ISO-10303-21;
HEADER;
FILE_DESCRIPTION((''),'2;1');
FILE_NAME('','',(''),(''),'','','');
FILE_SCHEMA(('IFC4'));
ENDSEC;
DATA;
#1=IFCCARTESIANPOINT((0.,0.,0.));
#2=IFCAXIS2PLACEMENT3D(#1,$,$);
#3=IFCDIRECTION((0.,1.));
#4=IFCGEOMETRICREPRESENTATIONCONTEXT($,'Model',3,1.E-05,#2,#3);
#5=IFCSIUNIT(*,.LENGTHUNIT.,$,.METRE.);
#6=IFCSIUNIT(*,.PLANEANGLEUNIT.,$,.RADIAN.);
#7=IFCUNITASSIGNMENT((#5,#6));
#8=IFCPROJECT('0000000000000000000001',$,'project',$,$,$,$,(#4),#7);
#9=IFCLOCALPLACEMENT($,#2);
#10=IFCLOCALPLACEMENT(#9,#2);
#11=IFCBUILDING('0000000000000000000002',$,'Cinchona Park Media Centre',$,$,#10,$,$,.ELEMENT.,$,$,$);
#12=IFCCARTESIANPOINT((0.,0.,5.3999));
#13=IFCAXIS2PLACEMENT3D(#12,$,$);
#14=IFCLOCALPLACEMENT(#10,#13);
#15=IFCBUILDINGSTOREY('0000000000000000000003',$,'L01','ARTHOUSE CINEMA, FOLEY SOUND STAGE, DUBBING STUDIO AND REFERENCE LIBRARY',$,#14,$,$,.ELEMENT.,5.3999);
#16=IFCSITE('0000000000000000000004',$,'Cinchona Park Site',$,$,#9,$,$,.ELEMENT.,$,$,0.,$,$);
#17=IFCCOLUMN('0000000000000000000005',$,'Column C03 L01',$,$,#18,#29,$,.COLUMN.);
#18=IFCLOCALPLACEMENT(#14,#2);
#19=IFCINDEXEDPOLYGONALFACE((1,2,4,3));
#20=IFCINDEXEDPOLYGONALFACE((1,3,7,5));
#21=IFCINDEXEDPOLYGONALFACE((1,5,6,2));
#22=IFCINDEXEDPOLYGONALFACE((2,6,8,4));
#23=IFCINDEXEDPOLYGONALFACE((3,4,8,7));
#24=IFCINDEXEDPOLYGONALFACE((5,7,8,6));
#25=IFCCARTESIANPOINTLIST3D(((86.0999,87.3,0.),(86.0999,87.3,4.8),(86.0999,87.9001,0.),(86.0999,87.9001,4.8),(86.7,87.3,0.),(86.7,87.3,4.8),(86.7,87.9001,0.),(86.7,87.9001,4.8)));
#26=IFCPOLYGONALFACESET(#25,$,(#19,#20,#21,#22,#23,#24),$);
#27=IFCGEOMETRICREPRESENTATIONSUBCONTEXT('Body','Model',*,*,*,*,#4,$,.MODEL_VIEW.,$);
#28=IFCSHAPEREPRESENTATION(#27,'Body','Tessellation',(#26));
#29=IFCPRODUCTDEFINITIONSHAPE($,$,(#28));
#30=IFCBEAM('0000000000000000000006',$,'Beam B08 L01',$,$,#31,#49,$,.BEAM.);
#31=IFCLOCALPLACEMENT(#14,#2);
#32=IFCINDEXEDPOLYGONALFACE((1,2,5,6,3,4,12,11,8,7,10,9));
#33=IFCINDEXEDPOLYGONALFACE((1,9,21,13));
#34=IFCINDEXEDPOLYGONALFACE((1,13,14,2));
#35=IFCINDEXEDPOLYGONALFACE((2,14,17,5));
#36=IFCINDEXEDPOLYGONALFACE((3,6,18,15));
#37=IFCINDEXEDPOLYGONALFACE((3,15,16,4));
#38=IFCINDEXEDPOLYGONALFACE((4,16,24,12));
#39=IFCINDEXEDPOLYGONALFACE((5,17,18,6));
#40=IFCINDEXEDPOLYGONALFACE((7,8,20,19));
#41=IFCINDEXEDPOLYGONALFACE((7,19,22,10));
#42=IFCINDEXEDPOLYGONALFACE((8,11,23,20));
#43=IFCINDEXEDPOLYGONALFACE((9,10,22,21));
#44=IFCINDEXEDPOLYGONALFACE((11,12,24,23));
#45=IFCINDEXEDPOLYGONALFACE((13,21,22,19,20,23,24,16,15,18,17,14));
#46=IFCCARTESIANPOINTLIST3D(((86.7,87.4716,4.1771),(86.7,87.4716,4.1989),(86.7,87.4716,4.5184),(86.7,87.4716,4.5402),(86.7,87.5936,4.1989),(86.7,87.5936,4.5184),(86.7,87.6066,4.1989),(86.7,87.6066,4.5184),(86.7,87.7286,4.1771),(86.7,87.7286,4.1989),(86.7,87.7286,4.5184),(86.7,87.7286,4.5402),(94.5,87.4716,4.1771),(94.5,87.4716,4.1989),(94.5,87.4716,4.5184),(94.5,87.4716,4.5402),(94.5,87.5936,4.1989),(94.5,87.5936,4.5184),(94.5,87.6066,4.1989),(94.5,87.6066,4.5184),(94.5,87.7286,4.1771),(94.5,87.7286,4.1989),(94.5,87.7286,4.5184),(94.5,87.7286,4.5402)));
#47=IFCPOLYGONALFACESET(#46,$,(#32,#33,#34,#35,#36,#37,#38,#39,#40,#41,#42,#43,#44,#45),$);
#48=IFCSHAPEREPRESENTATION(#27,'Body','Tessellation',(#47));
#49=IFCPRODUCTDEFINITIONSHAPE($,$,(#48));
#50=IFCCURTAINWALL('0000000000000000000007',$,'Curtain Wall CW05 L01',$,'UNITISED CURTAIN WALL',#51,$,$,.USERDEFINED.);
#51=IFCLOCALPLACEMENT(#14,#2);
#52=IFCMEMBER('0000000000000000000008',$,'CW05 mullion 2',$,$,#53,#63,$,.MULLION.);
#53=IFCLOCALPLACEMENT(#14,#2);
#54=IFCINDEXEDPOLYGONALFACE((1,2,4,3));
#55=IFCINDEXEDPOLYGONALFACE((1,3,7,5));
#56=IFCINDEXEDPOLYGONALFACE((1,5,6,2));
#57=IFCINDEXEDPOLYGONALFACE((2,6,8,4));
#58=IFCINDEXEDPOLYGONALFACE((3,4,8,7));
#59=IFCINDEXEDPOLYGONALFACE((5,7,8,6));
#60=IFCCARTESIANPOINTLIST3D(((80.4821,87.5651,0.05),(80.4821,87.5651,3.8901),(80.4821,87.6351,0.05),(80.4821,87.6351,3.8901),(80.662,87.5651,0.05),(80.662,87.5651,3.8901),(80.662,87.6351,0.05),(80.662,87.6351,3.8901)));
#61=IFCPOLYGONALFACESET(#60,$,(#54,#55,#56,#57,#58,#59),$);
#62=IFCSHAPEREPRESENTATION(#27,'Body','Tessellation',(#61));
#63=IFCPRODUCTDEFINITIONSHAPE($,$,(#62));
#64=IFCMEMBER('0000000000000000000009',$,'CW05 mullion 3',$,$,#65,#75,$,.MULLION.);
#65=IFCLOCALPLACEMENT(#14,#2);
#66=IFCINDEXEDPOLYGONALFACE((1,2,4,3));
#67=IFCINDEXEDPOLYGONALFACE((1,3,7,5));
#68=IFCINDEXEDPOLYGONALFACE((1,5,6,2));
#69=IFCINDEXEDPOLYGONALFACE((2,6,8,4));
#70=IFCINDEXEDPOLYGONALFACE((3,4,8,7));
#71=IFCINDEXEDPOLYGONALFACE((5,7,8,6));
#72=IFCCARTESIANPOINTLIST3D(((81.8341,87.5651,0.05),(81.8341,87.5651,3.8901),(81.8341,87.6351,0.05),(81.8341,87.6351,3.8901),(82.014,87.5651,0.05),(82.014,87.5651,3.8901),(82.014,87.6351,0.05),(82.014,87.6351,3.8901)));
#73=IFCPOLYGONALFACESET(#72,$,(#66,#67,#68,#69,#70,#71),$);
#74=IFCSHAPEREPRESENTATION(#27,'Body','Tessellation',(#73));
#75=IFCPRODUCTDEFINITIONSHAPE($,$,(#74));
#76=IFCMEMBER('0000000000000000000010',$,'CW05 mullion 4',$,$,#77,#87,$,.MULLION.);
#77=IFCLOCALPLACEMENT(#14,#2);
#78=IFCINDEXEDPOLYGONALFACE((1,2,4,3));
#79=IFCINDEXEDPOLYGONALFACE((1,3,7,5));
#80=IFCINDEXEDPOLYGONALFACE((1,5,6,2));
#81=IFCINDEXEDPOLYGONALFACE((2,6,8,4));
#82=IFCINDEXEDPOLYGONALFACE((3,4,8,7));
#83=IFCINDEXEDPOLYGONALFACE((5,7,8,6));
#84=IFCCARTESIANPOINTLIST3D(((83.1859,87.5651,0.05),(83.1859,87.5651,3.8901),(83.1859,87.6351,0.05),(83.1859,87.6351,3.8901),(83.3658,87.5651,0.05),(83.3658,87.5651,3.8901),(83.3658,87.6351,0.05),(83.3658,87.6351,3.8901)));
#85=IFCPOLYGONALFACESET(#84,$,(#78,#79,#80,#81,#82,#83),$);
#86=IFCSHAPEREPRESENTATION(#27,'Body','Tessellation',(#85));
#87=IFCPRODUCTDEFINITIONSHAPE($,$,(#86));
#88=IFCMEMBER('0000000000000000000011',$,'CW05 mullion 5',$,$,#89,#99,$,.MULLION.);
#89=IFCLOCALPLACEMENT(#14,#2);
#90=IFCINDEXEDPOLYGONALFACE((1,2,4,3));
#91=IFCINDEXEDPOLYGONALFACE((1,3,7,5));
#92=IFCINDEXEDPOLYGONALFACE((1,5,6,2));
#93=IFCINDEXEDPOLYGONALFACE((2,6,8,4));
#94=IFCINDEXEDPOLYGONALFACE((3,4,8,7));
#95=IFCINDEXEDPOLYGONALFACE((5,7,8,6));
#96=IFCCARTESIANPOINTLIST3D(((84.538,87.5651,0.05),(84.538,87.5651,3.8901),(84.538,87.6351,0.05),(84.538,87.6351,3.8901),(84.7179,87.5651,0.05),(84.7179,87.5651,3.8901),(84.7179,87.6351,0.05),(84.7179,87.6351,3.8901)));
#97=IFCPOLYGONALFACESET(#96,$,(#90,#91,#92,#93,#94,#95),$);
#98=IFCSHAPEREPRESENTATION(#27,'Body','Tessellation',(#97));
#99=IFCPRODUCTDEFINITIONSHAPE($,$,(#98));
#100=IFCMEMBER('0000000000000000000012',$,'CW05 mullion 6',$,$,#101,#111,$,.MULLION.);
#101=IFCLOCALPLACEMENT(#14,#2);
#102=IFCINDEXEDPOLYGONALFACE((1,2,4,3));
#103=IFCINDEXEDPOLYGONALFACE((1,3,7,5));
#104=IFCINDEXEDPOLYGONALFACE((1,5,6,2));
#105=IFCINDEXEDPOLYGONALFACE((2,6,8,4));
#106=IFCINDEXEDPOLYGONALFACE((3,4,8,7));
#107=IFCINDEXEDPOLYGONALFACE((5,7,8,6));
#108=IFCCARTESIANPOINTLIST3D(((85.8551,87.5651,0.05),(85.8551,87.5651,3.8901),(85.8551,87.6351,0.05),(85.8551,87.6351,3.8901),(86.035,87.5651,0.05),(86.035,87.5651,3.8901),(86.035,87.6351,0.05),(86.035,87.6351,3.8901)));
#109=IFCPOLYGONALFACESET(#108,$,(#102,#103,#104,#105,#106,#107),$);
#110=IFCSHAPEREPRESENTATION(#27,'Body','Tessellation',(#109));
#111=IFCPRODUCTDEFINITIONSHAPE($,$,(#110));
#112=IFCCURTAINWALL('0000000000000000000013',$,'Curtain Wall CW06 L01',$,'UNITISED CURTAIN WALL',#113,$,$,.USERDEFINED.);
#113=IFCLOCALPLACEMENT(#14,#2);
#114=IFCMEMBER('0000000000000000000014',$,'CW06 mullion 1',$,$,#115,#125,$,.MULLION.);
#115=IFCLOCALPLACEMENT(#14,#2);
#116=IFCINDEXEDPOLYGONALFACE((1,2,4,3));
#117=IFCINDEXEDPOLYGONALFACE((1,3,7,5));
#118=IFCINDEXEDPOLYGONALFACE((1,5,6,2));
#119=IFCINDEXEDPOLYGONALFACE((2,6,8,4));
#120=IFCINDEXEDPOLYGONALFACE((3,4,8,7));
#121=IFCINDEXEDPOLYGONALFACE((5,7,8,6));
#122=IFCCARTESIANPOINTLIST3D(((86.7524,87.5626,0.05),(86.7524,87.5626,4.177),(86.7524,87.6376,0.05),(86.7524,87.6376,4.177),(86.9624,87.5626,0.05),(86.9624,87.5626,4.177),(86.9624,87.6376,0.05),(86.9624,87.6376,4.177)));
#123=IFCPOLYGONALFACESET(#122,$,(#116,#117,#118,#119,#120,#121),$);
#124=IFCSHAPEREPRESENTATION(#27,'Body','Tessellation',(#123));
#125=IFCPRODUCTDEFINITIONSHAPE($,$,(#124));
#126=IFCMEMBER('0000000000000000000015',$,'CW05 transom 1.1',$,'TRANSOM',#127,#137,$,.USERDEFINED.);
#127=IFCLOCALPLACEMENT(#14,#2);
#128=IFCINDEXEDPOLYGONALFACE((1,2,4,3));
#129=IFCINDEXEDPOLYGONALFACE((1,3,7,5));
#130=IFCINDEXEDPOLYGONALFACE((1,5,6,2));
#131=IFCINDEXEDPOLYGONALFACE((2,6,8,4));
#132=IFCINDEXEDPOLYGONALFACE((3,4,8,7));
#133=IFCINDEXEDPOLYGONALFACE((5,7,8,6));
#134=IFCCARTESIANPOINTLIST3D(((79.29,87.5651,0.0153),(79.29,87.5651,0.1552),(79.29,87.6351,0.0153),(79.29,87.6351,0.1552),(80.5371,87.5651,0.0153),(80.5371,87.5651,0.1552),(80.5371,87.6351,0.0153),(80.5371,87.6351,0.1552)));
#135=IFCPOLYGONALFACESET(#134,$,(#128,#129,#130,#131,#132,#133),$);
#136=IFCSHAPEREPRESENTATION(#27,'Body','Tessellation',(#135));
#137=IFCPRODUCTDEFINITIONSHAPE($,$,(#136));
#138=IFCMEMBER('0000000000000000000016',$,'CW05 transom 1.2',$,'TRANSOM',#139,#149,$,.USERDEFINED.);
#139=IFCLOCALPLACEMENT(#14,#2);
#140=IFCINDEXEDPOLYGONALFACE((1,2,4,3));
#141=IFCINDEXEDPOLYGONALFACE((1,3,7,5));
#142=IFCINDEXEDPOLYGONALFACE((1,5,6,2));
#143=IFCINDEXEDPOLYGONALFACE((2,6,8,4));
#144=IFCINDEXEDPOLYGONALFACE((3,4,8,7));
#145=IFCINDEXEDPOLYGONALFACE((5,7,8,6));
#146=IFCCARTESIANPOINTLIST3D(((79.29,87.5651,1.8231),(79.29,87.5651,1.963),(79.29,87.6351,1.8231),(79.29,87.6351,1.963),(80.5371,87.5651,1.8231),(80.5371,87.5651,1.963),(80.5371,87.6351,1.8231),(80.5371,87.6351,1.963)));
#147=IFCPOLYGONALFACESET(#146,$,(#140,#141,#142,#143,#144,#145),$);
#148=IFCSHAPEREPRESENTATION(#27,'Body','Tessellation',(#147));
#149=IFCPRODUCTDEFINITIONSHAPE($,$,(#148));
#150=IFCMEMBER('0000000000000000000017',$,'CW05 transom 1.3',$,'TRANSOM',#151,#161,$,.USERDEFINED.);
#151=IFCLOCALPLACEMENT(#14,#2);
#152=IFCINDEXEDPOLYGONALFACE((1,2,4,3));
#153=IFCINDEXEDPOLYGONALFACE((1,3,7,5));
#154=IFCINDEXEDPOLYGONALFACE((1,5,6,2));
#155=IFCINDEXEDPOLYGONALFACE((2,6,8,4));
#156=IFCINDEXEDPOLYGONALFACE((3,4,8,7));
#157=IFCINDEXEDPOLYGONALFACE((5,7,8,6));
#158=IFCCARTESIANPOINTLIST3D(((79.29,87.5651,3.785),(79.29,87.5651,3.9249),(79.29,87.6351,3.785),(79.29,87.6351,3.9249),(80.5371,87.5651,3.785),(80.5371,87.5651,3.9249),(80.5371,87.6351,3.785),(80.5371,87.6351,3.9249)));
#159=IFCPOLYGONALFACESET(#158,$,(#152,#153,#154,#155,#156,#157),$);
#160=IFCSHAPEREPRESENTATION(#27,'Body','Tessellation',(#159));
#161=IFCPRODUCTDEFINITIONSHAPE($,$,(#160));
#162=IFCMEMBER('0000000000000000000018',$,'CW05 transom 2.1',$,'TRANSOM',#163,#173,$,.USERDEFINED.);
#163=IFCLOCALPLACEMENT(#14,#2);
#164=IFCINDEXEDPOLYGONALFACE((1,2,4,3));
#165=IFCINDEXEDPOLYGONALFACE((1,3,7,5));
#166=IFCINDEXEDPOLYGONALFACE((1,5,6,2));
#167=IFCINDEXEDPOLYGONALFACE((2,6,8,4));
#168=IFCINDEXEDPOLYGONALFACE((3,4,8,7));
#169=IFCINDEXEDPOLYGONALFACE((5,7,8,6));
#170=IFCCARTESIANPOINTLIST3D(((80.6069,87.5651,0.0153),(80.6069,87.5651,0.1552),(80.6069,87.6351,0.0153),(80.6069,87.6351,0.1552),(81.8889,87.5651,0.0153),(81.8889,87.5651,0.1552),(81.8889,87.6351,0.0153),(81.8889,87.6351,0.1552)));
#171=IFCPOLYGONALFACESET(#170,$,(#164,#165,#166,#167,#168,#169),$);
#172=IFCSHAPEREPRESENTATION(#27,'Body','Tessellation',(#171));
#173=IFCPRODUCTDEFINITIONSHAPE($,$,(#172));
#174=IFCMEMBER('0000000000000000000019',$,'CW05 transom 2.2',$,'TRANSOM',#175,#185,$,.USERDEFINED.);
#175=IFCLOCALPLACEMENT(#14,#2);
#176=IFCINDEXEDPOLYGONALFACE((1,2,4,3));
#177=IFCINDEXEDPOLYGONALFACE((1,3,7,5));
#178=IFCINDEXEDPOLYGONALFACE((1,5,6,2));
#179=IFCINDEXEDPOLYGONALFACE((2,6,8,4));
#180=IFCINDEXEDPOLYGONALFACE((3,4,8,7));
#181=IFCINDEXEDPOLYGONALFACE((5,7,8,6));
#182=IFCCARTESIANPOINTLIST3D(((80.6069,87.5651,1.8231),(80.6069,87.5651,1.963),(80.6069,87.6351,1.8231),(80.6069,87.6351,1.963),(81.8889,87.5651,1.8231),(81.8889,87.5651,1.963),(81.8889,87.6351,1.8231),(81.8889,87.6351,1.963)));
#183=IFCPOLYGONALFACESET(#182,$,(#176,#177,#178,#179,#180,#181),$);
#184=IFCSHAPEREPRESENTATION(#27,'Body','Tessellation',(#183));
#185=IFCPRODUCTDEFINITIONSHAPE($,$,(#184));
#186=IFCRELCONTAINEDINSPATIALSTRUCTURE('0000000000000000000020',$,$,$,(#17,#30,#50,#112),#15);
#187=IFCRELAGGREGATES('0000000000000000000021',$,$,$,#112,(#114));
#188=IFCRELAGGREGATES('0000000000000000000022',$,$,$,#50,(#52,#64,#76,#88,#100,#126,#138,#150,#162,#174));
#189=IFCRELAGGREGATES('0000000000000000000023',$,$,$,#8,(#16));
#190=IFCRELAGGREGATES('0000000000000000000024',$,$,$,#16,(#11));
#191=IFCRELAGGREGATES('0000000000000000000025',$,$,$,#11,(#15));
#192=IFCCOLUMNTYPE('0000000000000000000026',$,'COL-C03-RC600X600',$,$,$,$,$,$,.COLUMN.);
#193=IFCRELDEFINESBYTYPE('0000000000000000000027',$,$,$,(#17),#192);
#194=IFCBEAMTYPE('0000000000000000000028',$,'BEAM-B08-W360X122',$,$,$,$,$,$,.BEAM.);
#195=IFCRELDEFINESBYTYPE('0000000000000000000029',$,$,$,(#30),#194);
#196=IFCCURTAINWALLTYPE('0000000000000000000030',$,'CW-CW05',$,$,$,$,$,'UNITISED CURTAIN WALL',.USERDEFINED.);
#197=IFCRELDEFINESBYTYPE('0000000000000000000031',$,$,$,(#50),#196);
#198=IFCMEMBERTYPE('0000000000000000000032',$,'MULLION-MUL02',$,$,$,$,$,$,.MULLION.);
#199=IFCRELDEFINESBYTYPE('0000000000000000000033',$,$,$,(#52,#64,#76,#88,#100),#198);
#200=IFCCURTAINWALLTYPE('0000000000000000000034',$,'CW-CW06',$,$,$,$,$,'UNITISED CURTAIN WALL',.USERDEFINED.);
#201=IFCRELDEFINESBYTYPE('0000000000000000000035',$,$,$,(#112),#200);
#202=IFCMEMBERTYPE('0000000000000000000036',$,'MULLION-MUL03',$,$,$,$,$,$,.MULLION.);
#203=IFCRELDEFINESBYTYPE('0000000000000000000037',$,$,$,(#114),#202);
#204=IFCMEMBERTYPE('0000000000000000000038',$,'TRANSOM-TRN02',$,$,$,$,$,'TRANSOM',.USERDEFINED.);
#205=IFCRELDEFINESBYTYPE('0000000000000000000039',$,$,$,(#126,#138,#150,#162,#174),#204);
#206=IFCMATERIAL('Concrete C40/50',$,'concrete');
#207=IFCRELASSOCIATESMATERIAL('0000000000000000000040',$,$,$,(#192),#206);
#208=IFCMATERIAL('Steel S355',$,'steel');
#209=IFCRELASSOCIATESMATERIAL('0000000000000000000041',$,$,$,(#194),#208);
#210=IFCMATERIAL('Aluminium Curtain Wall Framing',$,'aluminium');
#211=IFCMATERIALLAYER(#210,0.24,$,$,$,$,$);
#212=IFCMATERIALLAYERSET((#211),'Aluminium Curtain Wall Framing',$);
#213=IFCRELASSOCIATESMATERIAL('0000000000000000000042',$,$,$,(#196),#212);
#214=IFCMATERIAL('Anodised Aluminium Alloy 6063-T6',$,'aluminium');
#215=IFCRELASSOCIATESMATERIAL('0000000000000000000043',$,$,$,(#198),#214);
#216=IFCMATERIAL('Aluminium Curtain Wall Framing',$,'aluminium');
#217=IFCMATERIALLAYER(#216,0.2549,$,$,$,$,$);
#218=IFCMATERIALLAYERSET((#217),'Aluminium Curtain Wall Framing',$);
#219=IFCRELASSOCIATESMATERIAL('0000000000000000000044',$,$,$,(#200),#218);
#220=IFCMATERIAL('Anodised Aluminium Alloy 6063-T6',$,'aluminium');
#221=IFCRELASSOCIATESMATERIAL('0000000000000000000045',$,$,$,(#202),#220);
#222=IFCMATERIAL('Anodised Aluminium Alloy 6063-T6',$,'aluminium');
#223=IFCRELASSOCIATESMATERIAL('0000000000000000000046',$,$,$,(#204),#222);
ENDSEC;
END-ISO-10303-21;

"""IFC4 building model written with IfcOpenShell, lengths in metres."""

from ifc_helpers import new_model, si_unit, direction, frame, origin, origin_2d, place, context, subcontext, project, spatial, rectangle, i_section, extrude, material, layer, layer_set, material_profile, profile_set, type_object, element, aggregate, save


model = new_model("IFC4")

# Units and contexts
model_context = context("Model", 3, precision=1e-05, world=origin(), true_north=direction((0.0, 1.0)))
body_context = subcontext(model_context, "Body", "Model", "MODEL_VIEW")
ifc_project = project(units=[si_unit("LENGTHUNIT", "METRE"), si_unit("PLANEANGLEUNIT", "RADIAN")], contexts=[model_context])

# Site, building, storey
site_placement = place(None, origin())
site = spatial("IfcSite", under=ifc_project, at=site_placement, Name="Cinchona Park Site", CompositionType="ELEMENT", RefElevation=0.0)
building_placement = place(site_placement, origin())
building = spatial("IfcBuilding", under=site, at=building_placement, Name="Cinchona Park Media Centre", CompositionType="ELEMENT")
storey_placement = place(building_placement, frame((0.0, 0.0, 5.3999)))
storey = spatial("IfcBuildingStorey", under=building, at=storey_placement, Name="L01", Description="ARTHOUSE CINEMA, FOLEY SOUND STAGE, DUBBING STUDIO AND REFERENCE LIBRARY", CompositionType="ELEMENT", Elevation=5.3999)

# Column
ifc_material_1 = material(Name="Concrete C40/50", Category="concrete")
ifc_material_profile_1 = material_profile(ifc_material_1, rectangle(XDim=0.6001, YDim=0.6001, at=origin_2d()), Name="RC 600X600")
ifc_profile_set_1 = profile_set([ifc_material_profile_1], Name="Concrete C40/50")
column_type = type_object("IfcColumnType", Name="COL-C03-RC600X600", PredefinedType="COLUMN", material=ifc_profile_set_1)
column_placement = place(storey_placement, frame((86.3999, 87.6001, 0.0), z_axis=(0.0, 0.0, 1.0), x_axis=(1.0, 0.0, 0.0)))
element("IfcColumn", 1, at=column_placement, inside=storey, type_object=column_type, Name="Column C03 L01", PredefinedType="COLUMN", context=body_context, shape_type="SweptSolid", body=[
    extrude(rectangle(XDim=0.6001, YDim=0.6001, at=origin_2d()), origin(), (0.0, 0.0, 1.0), 4.8),
])

# Beam
ifc_material_2 = material(Name="Steel S355", Category="steel")
ifc_material_profile_2 = material_profile(ifc_material_2, i_section(OverallWidth=0.2571, OverallDepth=0.363, WebThickness=0.0129, FlangeThickness=0.0217, at=origin_2d()), Name="W360X122")
ifc_profile_set_2 = profile_set([ifc_material_profile_2], Name="Steel S355")
beam_type = type_object("IfcBeamType", Name="BEAM-B08-W360X122", PredefinedType="BEAM", material=ifc_profile_set_2)
beam_placement = place(storey_placement, frame((86.7, 87.6001, 4.3586), z_axis=(1.0, 0.0, 0.0), x_axis=(0.0, 1.0, 0.0)))
element("IfcBeam", 2, at=beam_placement, inside=storey, type_object=beam_type, Name="Beam B08 L01", PredefinedType="BEAM", context=body_context, shape_type="SweptSolid", body=[
    extrude(i_section(OverallWidth=0.2571, OverallDepth=0.363, WebThickness=0.0129, FlangeThickness=0.0217, at=origin_2d()), origin(), (0.0, 0.0, 1.0), 7.8),
])

# Curtain wall, members
ifc_material_3 = material(Name="Aluminium Curtain Wall Framing", Category="aluminium")
ifc_layer_1 = layer(ifc_material_3, 0.24)
ifc_layer_set_1 = layer_set([ifc_layer_1], Name="Aluminium Curtain Wall Framing")
curtain_wall_type_1 = type_object("IfcCurtainWallType", Name="CW-CW05", ElementType="UNITISED CURTAIN WALL", PredefinedType="USERDEFINED", material=ifc_layer_set_1)
curtain_wall_1_placement = place(storey_placement, origin())
curtain_wall_1 = element("IfcCurtainWall", 3, at=curtain_wall_1_placement, inside=storey, type_object=curtain_wall_type_1, Name="Curtain Wall CW05 L01", ObjectType="UNITISED CURTAIN WALL", PredefinedType="USERDEFINED")
ifc_material_4 = material(Name="Anodised Aluminium Alloy 6063-T6", Category="aluminium")
ifc_material_profile_3 = material_profile(ifc_material_4, rectangle(XDim=0.0701, YDim=0.1799, at=origin_2d()), Name="MUL-70X180")
ifc_profile_set_3 = profile_set([ifc_material_profile_3], Name="Anodised Aluminium Alloy 6063-T6")
member_type_1 = type_object("IfcMemberType", Name="MULLION-MUL02", PredefinedType="MULLION", material=ifc_profile_set_3)
member_1_placement = place(storey_placement, frame((80.572, 87.6001, 0.05), z_axis=(0.0, 0.0, 1.0), x_axis=(0.0, 1.0, 0.0)))
member_1 = element("IfcMember", 4, at=member_1_placement, type_object=member_type_1, Name="CW05 mullion 2", PredefinedType="MULLION", context=body_context, shape_type="SweptSolid", body=[
    extrude(rectangle(XDim=0.0701, YDim=0.1799, at=origin_2d()), origin(), (0.0, 0.0, 1.0), 3.8401),
])
member_2_placement = place(storey_placement, frame((81.9241, 87.6001, 0.05), z_axis=(0.0, 0.0, 1.0), x_axis=(0.0, 1.0, 0.0)))
member_2 = element("IfcMember", 5, at=member_2_placement, type_object=member_type_1, Name="CW05 mullion 3", PredefinedType="MULLION", context=body_context, shape_type="SweptSolid", body=[
    extrude(rectangle(XDim=0.0701, YDim=0.1799, at=origin_2d()), origin(), (0.0, 0.0, 1.0), 3.8401),
])
member_3_placement = place(storey_placement, frame((83.2759, 87.6001, 0.05), z_axis=(0.0, 0.0, 1.0), x_axis=(0.0, 1.0, 0.0)))
member_3 = element("IfcMember", 6, at=member_3_placement, type_object=member_type_1, Name="CW05 mullion 4", PredefinedType="MULLION", context=body_context, shape_type="SweptSolid", body=[
    extrude(rectangle(XDim=0.0701, YDim=0.1799, at=origin_2d()), origin(), (0.0, 0.0, 1.0), 3.8401),
])
member_4_placement = place(storey_placement, frame((84.6279, 87.6001, 0.05), z_axis=(0.0, 0.0, 1.0), x_axis=(0.0, 1.0, 0.0)))
member_4 = element("IfcMember", 7, at=member_4_placement, type_object=member_type_1, Name="CW05 mullion 5", PredefinedType="MULLION", context=body_context, shape_type="SweptSolid", body=[
    extrude(rectangle(XDim=0.0701, YDim=0.1799, at=origin_2d()), origin(), (0.0, 0.0, 1.0), 3.8401),
])
member_5_placement = place(storey_placement, frame((85.9451, 87.6001, 0.05), z_axis=(0.0, 0.0, 1.0), x_axis=(0.0, 1.0, 0.0)))
member_5 = element("IfcMember", 8, at=member_5_placement, type_object=member_type_1, Name="CW05 mullion 6", PredefinedType="MULLION", context=body_context, shape_type="SweptSolid", body=[
    extrude(rectangle(XDim=0.0701, YDim=0.1799, at=origin_2d()), origin(), (0.0, 0.0, 1.0), 3.8401),
])

# Curtain wall, member
ifc_material_5 = material(Name="Aluminium Curtain Wall Framing", Category="aluminium")
ifc_layer_2 = layer(ifc_material_5, 0.2549)
ifc_layer_set_2 = layer_set([ifc_layer_2], Name="Aluminium Curtain Wall Framing")
curtain_wall_type_2 = type_object("IfcCurtainWallType", Name="CW-CW06", ElementType="UNITISED CURTAIN WALL", PredefinedType="USERDEFINED", material=ifc_layer_set_2)
curtain_wall_2_placement = place(storey_placement, origin())
curtain_wall_2 = element("IfcCurtainWall", 9, at=curtain_wall_2_placement, inside=storey, type_object=curtain_wall_type_2, Name="Curtain Wall CW06 L01", ObjectType="UNITISED CURTAIN WALL", PredefinedType="USERDEFINED")
ifc_material_6 = material(Name="Anodised Aluminium Alloy 6063-T6", Category="aluminium")
ifc_material_profile_4 = material_profile(ifc_material_6, rectangle(XDim=0.075, YDim=0.21, at=origin_2d()), Name="MUL-75X210")
ifc_profile_set_4 = profile_set([ifc_material_profile_4], Name="Anodised Aluminium Alloy 6063-T6")
member_type_2 = type_object("IfcMemberType", Name="MULLION-MUL03", PredefinedType="MULLION", material=ifc_profile_set_4)
member_6_placement = place(storey_placement, frame((86.8574, 87.6001, 0.05), z_axis=(0.0, 0.0, 1.0), x_axis=(0.0, 1.0, 0.0)))
member_6 = element("IfcMember", 10, at=member_6_placement, type_object=member_type_2, Name="CW06 mullion 1", PredefinedType="MULLION", context=body_context, shape_type="SweptSolid", body=[
    extrude(rectangle(XDim=0.075, YDim=0.21, at=origin_2d()), origin(), (0.0, 0.0, 1.0), 4.127),
])

# Members
ifc_material_7 = material(Name="Anodised Aluminium Alloy 6063-T6", Category="aluminium")
ifc_material_profile_5 = material_profile(ifc_material_7, rectangle(XDim=0.0701, YDim=0.1399, at=origin_2d()), Name="TRN-70X140")
ifc_profile_set_5 = profile_set([ifc_material_profile_5], Name="Anodised Aluminium Alloy 6063-T6")
member_type_3 = type_object("IfcMemberType", Name="TRANSOM-TRN02", ElementType="TRANSOM", PredefinedType="USERDEFINED", material=ifc_profile_set_5)
member_7_placement = place(storey_placement, frame((79.29, 87.6001, 0.0852), z_axis=(1.0, 0.0, 0.0), x_axis=(0.0, 1.0, 0.0)))
member_7 = element("IfcMember", 11, at=member_7_placement, type_object=member_type_3, Name="CW05 transom 1.1", ObjectType="TRANSOM", PredefinedType="USERDEFINED", context=body_context, shape_type="SweptSolid", body=[
    extrude(rectangle(XDim=0.0701, YDim=0.1399, at=origin_2d()), origin(), (0.0, 0.0, 1.0), 1.2471),
])
member_8_placement = place(storey_placement, frame((79.29, 87.6001, 1.8931), z_axis=(1.0, 0.0, 0.0), x_axis=(0.0, 1.0, 0.0)))
member_8 = element("IfcMember", 12, at=member_8_placement, type_object=member_type_3, Name="CW05 transom 1.2", ObjectType="TRANSOM", PredefinedType="USERDEFINED", context=body_context, shape_type="SweptSolid", body=[
    extrude(rectangle(XDim=0.0701, YDim=0.1399, at=origin_2d()), origin(), (0.0, 0.0, 1.0), 1.2471),
])
member_9_placement = place(storey_placement, frame((79.29, 87.6001, 3.855), z_axis=(1.0, 0.0, 0.0), x_axis=(0.0, 1.0, 0.0)))
member_9 = element("IfcMember", 13, at=member_9_placement, type_object=member_type_3, Name="CW05 transom 1.3", ObjectType="TRANSOM", PredefinedType="USERDEFINED", context=body_context, shape_type="SweptSolid", body=[
    extrude(rectangle(XDim=0.0701, YDim=0.1399, at=origin_2d()), origin(), (0.0, 0.0, 1.0), 1.2471),
])
member_10_placement = place(storey_placement, frame((80.6069, 87.6001, 0.0852), z_axis=(1.0, 0.0, 0.0), x_axis=(0.0, 1.0, 0.0)))
member_10 = element("IfcMember", 14, at=member_10_placement, type_object=member_type_3, Name="CW05 transom 2.1", ObjectType="TRANSOM", PredefinedType="USERDEFINED", context=body_context, shape_type="SweptSolid", body=[
    extrude(rectangle(XDim=0.0701, YDim=0.1399, at=origin_2d()), origin(), (0.0, 0.0, 1.0), 1.282),
])
member_11_placement = place(storey_placement, frame((80.6069, 87.6001, 1.8931), z_axis=(1.0, 0.0, 0.0), x_axis=(0.0, 1.0, 0.0)))
member_11 = element("IfcMember", 15, at=member_11_placement, type_object=member_type_3, Name="CW05 transom 2.2", ObjectType="TRANSOM", PredefinedType="USERDEFINED", context=body_context, shape_type="SweptSolid", body=[
    extrude(rectangle(XDim=0.0701, YDim=0.1399, at=origin_2d()), origin(), (0.0, 0.0, 1.0), 1.282),
])

aggregate(curtain_wall_2, [member_6])
aggregate(curtain_wall_1, [member_1, member_2, member_3, member_4, member_5, member_7, member_8, member_9, member_10, member_11])

save(model, "model.ifc")
